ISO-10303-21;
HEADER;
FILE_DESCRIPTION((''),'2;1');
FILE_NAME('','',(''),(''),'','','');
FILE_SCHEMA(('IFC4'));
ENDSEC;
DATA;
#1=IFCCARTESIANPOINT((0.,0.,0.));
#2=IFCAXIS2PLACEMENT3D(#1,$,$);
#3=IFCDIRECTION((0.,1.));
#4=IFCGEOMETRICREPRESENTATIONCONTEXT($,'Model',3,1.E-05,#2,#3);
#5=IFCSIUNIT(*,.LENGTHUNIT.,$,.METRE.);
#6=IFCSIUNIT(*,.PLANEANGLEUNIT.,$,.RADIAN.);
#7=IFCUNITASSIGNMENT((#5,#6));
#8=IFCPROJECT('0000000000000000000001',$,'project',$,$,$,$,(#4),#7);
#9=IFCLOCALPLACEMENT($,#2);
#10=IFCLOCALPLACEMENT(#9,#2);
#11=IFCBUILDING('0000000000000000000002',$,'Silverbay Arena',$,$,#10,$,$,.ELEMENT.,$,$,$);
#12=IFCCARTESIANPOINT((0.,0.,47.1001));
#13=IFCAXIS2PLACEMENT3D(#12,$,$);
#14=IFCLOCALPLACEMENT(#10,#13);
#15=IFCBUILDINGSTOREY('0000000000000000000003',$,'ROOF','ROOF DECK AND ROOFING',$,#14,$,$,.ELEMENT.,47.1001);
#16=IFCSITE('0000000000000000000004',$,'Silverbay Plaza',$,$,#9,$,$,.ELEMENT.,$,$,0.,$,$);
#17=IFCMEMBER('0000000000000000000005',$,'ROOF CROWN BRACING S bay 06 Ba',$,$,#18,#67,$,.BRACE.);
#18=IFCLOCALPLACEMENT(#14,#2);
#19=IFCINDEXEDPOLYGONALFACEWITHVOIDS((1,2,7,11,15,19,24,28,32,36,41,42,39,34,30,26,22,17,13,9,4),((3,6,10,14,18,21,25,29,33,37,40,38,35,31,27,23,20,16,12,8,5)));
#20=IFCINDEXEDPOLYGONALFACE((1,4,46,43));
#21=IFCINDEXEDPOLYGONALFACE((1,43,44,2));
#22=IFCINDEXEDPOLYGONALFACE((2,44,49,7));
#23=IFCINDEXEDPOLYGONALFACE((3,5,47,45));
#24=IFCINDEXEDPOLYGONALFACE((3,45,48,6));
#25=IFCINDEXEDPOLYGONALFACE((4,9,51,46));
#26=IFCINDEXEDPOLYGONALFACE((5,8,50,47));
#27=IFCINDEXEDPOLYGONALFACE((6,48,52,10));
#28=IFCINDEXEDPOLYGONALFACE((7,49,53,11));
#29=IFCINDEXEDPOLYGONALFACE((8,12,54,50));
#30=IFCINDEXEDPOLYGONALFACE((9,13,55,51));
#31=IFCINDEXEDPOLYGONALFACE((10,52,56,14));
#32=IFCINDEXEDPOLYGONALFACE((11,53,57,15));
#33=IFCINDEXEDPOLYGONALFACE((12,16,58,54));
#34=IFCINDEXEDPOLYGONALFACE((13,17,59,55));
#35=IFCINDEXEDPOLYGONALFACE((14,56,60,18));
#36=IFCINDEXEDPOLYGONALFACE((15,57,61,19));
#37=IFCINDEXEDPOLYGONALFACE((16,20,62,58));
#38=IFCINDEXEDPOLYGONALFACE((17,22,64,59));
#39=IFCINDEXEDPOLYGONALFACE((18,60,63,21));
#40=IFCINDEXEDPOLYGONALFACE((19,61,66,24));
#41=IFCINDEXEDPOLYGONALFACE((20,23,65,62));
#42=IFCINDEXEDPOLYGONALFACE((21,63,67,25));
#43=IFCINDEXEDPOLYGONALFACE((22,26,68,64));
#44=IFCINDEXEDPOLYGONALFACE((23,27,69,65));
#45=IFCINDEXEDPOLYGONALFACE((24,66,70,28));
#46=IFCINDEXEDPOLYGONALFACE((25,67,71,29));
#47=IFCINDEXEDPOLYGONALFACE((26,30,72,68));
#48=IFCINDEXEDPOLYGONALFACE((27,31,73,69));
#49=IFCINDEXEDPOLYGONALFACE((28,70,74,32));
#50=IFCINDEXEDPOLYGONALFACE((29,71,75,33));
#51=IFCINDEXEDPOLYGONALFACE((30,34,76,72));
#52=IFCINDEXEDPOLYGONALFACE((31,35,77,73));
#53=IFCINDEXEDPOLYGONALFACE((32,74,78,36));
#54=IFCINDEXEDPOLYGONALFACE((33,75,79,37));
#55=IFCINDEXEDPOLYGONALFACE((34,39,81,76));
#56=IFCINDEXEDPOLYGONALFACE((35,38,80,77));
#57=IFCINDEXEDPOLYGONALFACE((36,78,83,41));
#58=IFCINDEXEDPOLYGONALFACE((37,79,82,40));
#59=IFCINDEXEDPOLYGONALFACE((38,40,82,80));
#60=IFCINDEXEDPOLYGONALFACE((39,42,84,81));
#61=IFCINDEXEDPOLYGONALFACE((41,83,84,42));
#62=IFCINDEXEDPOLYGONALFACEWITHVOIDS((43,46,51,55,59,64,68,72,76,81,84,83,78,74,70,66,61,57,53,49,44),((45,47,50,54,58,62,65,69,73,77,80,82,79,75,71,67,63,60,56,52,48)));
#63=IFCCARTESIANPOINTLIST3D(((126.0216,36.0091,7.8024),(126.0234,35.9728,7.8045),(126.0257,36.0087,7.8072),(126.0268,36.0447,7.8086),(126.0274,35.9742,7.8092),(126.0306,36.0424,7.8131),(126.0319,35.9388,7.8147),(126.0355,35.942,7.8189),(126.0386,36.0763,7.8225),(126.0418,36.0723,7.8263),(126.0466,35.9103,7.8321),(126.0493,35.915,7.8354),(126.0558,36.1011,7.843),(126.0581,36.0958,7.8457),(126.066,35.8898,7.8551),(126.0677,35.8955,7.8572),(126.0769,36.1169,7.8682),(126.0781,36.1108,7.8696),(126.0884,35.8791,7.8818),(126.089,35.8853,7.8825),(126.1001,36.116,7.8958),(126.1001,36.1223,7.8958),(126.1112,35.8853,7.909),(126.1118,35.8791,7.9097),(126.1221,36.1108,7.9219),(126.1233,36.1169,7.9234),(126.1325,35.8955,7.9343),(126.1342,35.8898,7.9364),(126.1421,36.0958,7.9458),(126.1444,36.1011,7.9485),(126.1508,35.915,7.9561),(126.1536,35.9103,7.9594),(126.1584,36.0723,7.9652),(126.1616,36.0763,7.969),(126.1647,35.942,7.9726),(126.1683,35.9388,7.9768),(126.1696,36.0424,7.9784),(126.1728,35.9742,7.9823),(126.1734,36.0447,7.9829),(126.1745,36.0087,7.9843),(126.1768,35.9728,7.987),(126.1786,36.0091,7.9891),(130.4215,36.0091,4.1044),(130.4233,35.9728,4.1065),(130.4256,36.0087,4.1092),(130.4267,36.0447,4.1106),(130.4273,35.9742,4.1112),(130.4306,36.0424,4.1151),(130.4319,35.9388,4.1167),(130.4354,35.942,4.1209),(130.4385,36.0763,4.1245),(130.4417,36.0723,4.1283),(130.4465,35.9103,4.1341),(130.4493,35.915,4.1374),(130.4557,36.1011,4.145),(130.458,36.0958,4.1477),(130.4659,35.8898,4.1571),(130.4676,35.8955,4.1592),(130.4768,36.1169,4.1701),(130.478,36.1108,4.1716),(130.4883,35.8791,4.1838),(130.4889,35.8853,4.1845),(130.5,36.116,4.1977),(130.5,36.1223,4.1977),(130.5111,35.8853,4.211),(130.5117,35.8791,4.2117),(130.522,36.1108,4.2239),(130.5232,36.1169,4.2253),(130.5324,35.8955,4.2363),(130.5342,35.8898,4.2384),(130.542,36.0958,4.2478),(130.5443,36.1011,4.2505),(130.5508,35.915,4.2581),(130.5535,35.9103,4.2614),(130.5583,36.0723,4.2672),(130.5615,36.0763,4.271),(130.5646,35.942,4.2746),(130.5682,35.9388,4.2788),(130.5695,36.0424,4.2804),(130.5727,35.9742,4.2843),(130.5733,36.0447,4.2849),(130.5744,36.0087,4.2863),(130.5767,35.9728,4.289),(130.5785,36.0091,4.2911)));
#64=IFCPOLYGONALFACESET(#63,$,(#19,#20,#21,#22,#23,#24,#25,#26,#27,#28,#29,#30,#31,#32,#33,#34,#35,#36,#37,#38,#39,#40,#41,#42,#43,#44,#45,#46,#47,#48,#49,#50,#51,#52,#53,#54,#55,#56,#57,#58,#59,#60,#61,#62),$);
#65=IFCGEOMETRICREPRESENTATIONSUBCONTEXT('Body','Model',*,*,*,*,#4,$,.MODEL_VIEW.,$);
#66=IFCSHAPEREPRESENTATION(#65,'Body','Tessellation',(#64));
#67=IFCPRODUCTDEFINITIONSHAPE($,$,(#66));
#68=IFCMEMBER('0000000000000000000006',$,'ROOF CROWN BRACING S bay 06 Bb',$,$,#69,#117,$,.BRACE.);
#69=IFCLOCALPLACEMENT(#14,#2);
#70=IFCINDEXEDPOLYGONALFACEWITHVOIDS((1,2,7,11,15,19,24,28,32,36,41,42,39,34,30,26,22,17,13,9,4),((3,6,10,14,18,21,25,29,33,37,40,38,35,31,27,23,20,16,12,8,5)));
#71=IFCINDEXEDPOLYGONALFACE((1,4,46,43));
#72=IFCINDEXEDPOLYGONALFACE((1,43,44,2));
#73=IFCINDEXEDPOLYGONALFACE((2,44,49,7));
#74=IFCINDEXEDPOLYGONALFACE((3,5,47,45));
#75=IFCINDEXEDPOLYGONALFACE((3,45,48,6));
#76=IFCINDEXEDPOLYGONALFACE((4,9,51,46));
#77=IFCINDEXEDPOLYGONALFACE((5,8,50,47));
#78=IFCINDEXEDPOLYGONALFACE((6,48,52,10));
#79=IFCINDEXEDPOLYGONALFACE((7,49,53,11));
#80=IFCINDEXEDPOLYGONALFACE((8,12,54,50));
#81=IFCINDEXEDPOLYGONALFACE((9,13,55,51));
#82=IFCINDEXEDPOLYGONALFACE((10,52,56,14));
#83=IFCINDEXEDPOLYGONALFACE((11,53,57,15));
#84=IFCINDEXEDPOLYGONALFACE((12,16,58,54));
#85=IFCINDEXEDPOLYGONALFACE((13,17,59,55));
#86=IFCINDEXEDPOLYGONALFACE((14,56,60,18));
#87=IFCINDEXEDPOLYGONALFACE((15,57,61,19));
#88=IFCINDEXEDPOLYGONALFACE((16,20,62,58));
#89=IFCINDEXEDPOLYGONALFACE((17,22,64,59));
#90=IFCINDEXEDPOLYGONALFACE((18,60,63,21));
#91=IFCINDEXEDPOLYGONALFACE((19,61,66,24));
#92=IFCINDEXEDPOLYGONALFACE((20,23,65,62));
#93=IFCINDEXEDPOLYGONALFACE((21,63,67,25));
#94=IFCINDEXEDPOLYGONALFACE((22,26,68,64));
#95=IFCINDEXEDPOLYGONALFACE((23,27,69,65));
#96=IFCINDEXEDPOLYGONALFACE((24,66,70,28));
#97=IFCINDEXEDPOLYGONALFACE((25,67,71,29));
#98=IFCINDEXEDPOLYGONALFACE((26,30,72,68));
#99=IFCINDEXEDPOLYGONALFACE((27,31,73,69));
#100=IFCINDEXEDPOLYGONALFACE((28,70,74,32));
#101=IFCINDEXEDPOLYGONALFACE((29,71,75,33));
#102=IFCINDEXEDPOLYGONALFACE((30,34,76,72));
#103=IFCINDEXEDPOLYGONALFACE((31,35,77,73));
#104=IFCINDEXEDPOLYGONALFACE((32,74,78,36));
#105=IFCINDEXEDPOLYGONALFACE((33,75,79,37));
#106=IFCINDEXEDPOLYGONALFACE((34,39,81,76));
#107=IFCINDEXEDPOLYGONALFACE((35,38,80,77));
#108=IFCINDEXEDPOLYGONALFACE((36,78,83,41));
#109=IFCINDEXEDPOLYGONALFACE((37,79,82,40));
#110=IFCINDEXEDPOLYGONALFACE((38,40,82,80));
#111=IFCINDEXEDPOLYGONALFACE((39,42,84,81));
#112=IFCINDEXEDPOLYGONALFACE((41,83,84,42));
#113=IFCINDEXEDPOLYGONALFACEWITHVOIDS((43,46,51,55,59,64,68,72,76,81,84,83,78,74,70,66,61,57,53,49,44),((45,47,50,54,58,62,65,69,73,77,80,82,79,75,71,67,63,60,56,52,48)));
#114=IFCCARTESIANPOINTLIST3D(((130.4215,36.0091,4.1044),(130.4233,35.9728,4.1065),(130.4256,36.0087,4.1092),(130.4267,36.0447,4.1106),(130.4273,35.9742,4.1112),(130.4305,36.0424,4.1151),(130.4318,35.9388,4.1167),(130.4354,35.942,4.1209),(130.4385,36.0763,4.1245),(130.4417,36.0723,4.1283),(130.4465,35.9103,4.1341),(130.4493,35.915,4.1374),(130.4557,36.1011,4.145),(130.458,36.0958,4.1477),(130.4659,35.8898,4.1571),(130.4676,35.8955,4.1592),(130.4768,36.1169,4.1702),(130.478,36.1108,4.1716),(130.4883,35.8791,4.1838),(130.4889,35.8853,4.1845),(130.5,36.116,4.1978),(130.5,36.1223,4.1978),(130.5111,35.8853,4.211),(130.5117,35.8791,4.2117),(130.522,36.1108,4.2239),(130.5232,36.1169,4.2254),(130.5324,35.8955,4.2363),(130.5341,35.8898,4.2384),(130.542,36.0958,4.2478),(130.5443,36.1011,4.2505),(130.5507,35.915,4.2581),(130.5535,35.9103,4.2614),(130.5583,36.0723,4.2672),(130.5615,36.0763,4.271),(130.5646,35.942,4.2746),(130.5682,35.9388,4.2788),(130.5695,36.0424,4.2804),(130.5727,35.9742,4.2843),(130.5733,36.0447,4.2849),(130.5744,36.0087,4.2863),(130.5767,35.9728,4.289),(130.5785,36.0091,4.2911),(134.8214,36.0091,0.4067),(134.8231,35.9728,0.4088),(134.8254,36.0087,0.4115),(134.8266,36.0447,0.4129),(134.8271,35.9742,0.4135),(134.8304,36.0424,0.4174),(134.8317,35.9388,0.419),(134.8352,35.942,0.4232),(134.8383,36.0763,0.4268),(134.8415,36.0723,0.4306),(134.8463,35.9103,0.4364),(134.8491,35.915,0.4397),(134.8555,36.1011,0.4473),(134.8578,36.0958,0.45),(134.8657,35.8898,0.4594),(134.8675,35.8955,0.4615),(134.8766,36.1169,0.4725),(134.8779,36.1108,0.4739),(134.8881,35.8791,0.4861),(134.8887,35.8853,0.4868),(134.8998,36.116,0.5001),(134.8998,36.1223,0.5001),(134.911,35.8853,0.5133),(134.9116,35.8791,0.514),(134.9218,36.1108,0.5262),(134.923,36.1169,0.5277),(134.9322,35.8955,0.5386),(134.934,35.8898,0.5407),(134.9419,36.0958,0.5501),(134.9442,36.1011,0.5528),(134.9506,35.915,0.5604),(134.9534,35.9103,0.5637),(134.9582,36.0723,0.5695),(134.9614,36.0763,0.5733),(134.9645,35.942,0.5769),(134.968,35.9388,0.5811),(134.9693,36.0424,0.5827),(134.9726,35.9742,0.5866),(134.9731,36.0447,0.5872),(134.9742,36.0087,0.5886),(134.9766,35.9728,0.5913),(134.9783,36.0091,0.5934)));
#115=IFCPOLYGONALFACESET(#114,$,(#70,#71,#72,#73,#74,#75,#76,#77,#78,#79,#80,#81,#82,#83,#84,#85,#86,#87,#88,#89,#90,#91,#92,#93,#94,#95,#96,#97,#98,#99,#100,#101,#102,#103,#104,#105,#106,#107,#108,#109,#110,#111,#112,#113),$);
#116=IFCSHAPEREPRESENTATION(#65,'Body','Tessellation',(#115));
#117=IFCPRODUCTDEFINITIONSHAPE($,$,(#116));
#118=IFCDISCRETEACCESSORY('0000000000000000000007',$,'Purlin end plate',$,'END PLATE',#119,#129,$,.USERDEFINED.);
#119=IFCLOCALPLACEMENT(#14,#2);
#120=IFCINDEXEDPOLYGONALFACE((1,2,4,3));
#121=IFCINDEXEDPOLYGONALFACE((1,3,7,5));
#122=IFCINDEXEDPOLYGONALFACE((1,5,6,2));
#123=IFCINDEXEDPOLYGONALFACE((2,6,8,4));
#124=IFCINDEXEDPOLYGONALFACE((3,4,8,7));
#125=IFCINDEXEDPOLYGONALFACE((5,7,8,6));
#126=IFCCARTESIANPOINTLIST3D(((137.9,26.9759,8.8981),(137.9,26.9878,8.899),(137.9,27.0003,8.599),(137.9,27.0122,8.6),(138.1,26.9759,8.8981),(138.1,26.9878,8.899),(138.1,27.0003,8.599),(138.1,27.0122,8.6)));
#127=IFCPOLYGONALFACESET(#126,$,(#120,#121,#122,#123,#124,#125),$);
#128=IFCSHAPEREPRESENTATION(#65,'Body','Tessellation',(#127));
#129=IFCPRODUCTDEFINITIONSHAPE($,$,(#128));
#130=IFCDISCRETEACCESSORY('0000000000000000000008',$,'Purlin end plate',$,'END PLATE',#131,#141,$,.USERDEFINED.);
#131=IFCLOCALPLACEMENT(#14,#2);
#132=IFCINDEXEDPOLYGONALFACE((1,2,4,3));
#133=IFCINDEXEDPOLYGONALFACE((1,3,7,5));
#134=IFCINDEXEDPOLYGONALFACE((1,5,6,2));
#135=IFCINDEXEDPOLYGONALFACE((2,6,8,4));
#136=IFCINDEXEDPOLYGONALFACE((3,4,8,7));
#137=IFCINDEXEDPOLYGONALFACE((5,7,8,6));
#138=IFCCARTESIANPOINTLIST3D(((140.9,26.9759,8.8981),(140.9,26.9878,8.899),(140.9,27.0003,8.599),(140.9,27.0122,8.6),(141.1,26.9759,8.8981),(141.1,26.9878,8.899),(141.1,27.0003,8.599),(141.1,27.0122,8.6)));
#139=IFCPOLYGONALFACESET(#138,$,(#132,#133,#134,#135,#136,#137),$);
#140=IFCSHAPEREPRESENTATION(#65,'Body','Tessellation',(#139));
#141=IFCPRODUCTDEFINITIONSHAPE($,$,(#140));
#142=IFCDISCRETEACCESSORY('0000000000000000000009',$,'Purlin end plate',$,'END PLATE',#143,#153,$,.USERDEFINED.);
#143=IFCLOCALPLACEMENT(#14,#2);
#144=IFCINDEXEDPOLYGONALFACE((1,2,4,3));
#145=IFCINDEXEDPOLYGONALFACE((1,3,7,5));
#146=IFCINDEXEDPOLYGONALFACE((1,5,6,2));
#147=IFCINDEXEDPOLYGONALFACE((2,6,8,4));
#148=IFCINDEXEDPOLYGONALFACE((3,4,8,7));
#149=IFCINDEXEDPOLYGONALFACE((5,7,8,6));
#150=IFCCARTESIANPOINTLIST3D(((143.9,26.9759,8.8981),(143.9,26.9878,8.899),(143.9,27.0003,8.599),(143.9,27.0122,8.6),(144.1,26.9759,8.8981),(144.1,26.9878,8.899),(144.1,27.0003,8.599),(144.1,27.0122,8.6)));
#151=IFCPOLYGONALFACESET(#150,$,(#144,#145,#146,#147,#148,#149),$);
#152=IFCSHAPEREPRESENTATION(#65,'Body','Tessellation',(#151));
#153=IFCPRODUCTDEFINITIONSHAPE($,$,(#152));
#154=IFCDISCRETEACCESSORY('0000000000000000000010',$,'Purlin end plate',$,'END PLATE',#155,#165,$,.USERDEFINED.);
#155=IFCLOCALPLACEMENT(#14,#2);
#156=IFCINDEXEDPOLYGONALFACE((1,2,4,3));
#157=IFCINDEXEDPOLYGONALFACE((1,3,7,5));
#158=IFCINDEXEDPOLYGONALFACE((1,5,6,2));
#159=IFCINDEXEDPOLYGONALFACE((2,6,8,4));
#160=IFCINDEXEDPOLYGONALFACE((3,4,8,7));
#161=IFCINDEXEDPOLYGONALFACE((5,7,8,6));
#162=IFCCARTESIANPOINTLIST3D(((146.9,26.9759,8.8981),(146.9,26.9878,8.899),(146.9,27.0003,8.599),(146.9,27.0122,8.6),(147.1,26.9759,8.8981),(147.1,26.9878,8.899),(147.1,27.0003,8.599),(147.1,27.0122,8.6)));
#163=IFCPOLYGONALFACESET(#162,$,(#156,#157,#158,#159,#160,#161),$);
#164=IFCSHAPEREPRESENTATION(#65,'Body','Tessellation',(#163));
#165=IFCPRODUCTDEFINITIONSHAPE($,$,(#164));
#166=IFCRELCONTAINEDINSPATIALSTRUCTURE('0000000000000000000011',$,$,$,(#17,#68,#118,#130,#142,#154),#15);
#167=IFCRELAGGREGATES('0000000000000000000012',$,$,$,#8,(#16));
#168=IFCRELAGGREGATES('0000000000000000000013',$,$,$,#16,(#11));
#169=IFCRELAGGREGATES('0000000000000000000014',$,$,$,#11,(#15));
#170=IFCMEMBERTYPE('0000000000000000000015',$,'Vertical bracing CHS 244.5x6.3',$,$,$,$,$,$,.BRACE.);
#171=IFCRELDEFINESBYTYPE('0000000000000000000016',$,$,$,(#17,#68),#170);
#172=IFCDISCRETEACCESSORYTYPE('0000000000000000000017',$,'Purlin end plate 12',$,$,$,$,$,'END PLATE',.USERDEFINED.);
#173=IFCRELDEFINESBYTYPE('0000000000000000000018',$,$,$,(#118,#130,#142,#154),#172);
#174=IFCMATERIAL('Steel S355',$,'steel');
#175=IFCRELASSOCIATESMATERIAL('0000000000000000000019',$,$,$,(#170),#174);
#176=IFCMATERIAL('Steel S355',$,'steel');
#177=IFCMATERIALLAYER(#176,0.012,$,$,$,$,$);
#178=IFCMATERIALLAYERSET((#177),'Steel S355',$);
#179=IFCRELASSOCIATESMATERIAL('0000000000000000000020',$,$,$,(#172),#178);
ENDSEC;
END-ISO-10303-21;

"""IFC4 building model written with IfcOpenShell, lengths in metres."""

from ifc_helpers import new_model, si_unit, direction, frame, origin, origin_2d, place, context, subcontext, project, spatial, rectangle, hollow_circle, extrude, material, layer, layer_set, material_profile, profile_set, type_object, element, save


model = new_model("IFC4")

# Units and contexts
model_context = context("Model", 3, precision=1e-05, world=origin(), true_north=direction((0.0, 1.0)))
body_context = subcontext(model_context, "Body", "Model", "MODEL_VIEW")
ifc_project = project(units=[si_unit("LENGTHUNIT", "METRE"), si_unit("PLANEANGLEUNIT", "RADIAN")], contexts=[model_context])

# Site, building, storey
site_placement = place(None, origin())
site = spatial("IfcSite", under=ifc_project, at=site_placement, Name="Silverbay Plaza", CompositionType="ELEMENT", RefElevation=0.0)
building_placement = place(site_placement, origin())
building = spatial("IfcBuilding", under=site, at=building_placement, Name="Silverbay Arena", CompositionType="ELEMENT")
storey_placement = place(building_placement, frame((0.0, 0.0, 47.1001)))
storey = spatial("IfcBuildingStorey", under=building, at=storey_placement, Name="ROOF", Description="ROOF DECK AND ROOFING", CompositionType="ELEMENT", Elevation=47.1001)

# Members
ifc_material_1 = material(Name="Steel S355", Category="steel")
ifc_material_profile_1 = material_profile(ifc_material_1, hollow_circle(Radius=0.1223, WallThickness=0.0063, at=origin_2d()), Name="CHS 244.5x6.3")
ifc_profile_set_1 = profile_set([ifc_material_profile_1], Name="Steel S355")
member_type_1 = type_object("IfcMemberType", Name="Vertical bracing CHS 244.5x6.3", PredefinedType="BRACE", material=ifc_profile_set_1)
for number, where, z_axis, x_axis, name in (
    (1, (126.1001, 36.0, 7.8958), (0.765527, 0.0, -0.643404), (0.0, 1.0, 0.0), "ROOF CROWN BRACING S bay 06 Ba"),
):
    element("IfcMember", number, at=place(storey_placement, frame(where, z_axis=z_axis, x_axis=x_axis)), inside=storey, type_object=member_type_1, Name=name, PredefinedType="BRACE", context=body_context, shape_type="SweptSolid", body=[
        extrude(hollow_circle(Radius=0.1223, WallThickness=0.0063, at=origin_2d()), origin(), (0.0, 0.0, 1.0), 5.7476),
    ])
member_1_placement = place(storey_placement, frame((130.5, 36.0, 4.1978), z_axis=(0.765548, 0.0, -0.643379), x_axis=(0.0, 1.0, 0.0)))
element("IfcMember", 2, at=member_1_placement, inside=storey, type_object=member_type_1, Name="ROOF CROWN BRACING S bay 06 Bb", PredefinedType="BRACE", context=body_context, shape_type="SweptSolid", body=[
    extrude(hollow_circle(Radius=0.1223, WallThickness=0.0063, at=origin_2d()), origin(), (0.0, 0.0, 1.0), 5.7473),
])

# Discrete accessories
ifc_material_2 = material(Name="Steel S355", Category="steel")
ifc_layer = layer(ifc_material_2, 0.012)
ifc_layer_set = layer_set([ifc_layer], Name="Steel S355")
discrete_accessory_type = type_object("IfcDiscreteAccessoryType", Name="Purlin end plate 12", ElementType="END PLATE", PredefinedType="USERDEFINED", material=ifc_layer_set)
for number, where, z_axis, x_axis, name in (
    (3, (138.0, 27.0, 8.7495), (0.0, -0.996685, -0.081362), (1.0, 0.0, 0.0), "Purlin end plate"),
    (4, (141.0, 27.0, 8.7495), (0.0, -0.996685, -0.081362), (1.0, 0.0, 0.0), "Purlin end plate"),
    (5, (144.0, 27.0, 8.7495), (0.0, -0.996685, -0.081362), (1.0, 0.0, 0.0), "Purlin end plate"),
    (6, (147.0, 27.0, 8.7495), (0.0, -0.996685, -0.081362), (1.0, 0.0, 0.0), "Purlin end plate"),
):
    element("IfcDiscreteAccessory", number, at=place(storey_placement, frame(where, z_axis=z_axis, x_axis=x_axis)), inside=storey, type_object=discrete_accessory_type, Name=name, ObjectType="END PLATE", PredefinedType="USERDEFINED", context=body_context, shape_type="SweptSolid", body=[
        extrude(rectangle(XDim=0.2, YDim=0.3, at=origin_2d()), origin(), (0.0, 0.0, 1.0), 0.012),
    ])

save(model, "model.ifc")
